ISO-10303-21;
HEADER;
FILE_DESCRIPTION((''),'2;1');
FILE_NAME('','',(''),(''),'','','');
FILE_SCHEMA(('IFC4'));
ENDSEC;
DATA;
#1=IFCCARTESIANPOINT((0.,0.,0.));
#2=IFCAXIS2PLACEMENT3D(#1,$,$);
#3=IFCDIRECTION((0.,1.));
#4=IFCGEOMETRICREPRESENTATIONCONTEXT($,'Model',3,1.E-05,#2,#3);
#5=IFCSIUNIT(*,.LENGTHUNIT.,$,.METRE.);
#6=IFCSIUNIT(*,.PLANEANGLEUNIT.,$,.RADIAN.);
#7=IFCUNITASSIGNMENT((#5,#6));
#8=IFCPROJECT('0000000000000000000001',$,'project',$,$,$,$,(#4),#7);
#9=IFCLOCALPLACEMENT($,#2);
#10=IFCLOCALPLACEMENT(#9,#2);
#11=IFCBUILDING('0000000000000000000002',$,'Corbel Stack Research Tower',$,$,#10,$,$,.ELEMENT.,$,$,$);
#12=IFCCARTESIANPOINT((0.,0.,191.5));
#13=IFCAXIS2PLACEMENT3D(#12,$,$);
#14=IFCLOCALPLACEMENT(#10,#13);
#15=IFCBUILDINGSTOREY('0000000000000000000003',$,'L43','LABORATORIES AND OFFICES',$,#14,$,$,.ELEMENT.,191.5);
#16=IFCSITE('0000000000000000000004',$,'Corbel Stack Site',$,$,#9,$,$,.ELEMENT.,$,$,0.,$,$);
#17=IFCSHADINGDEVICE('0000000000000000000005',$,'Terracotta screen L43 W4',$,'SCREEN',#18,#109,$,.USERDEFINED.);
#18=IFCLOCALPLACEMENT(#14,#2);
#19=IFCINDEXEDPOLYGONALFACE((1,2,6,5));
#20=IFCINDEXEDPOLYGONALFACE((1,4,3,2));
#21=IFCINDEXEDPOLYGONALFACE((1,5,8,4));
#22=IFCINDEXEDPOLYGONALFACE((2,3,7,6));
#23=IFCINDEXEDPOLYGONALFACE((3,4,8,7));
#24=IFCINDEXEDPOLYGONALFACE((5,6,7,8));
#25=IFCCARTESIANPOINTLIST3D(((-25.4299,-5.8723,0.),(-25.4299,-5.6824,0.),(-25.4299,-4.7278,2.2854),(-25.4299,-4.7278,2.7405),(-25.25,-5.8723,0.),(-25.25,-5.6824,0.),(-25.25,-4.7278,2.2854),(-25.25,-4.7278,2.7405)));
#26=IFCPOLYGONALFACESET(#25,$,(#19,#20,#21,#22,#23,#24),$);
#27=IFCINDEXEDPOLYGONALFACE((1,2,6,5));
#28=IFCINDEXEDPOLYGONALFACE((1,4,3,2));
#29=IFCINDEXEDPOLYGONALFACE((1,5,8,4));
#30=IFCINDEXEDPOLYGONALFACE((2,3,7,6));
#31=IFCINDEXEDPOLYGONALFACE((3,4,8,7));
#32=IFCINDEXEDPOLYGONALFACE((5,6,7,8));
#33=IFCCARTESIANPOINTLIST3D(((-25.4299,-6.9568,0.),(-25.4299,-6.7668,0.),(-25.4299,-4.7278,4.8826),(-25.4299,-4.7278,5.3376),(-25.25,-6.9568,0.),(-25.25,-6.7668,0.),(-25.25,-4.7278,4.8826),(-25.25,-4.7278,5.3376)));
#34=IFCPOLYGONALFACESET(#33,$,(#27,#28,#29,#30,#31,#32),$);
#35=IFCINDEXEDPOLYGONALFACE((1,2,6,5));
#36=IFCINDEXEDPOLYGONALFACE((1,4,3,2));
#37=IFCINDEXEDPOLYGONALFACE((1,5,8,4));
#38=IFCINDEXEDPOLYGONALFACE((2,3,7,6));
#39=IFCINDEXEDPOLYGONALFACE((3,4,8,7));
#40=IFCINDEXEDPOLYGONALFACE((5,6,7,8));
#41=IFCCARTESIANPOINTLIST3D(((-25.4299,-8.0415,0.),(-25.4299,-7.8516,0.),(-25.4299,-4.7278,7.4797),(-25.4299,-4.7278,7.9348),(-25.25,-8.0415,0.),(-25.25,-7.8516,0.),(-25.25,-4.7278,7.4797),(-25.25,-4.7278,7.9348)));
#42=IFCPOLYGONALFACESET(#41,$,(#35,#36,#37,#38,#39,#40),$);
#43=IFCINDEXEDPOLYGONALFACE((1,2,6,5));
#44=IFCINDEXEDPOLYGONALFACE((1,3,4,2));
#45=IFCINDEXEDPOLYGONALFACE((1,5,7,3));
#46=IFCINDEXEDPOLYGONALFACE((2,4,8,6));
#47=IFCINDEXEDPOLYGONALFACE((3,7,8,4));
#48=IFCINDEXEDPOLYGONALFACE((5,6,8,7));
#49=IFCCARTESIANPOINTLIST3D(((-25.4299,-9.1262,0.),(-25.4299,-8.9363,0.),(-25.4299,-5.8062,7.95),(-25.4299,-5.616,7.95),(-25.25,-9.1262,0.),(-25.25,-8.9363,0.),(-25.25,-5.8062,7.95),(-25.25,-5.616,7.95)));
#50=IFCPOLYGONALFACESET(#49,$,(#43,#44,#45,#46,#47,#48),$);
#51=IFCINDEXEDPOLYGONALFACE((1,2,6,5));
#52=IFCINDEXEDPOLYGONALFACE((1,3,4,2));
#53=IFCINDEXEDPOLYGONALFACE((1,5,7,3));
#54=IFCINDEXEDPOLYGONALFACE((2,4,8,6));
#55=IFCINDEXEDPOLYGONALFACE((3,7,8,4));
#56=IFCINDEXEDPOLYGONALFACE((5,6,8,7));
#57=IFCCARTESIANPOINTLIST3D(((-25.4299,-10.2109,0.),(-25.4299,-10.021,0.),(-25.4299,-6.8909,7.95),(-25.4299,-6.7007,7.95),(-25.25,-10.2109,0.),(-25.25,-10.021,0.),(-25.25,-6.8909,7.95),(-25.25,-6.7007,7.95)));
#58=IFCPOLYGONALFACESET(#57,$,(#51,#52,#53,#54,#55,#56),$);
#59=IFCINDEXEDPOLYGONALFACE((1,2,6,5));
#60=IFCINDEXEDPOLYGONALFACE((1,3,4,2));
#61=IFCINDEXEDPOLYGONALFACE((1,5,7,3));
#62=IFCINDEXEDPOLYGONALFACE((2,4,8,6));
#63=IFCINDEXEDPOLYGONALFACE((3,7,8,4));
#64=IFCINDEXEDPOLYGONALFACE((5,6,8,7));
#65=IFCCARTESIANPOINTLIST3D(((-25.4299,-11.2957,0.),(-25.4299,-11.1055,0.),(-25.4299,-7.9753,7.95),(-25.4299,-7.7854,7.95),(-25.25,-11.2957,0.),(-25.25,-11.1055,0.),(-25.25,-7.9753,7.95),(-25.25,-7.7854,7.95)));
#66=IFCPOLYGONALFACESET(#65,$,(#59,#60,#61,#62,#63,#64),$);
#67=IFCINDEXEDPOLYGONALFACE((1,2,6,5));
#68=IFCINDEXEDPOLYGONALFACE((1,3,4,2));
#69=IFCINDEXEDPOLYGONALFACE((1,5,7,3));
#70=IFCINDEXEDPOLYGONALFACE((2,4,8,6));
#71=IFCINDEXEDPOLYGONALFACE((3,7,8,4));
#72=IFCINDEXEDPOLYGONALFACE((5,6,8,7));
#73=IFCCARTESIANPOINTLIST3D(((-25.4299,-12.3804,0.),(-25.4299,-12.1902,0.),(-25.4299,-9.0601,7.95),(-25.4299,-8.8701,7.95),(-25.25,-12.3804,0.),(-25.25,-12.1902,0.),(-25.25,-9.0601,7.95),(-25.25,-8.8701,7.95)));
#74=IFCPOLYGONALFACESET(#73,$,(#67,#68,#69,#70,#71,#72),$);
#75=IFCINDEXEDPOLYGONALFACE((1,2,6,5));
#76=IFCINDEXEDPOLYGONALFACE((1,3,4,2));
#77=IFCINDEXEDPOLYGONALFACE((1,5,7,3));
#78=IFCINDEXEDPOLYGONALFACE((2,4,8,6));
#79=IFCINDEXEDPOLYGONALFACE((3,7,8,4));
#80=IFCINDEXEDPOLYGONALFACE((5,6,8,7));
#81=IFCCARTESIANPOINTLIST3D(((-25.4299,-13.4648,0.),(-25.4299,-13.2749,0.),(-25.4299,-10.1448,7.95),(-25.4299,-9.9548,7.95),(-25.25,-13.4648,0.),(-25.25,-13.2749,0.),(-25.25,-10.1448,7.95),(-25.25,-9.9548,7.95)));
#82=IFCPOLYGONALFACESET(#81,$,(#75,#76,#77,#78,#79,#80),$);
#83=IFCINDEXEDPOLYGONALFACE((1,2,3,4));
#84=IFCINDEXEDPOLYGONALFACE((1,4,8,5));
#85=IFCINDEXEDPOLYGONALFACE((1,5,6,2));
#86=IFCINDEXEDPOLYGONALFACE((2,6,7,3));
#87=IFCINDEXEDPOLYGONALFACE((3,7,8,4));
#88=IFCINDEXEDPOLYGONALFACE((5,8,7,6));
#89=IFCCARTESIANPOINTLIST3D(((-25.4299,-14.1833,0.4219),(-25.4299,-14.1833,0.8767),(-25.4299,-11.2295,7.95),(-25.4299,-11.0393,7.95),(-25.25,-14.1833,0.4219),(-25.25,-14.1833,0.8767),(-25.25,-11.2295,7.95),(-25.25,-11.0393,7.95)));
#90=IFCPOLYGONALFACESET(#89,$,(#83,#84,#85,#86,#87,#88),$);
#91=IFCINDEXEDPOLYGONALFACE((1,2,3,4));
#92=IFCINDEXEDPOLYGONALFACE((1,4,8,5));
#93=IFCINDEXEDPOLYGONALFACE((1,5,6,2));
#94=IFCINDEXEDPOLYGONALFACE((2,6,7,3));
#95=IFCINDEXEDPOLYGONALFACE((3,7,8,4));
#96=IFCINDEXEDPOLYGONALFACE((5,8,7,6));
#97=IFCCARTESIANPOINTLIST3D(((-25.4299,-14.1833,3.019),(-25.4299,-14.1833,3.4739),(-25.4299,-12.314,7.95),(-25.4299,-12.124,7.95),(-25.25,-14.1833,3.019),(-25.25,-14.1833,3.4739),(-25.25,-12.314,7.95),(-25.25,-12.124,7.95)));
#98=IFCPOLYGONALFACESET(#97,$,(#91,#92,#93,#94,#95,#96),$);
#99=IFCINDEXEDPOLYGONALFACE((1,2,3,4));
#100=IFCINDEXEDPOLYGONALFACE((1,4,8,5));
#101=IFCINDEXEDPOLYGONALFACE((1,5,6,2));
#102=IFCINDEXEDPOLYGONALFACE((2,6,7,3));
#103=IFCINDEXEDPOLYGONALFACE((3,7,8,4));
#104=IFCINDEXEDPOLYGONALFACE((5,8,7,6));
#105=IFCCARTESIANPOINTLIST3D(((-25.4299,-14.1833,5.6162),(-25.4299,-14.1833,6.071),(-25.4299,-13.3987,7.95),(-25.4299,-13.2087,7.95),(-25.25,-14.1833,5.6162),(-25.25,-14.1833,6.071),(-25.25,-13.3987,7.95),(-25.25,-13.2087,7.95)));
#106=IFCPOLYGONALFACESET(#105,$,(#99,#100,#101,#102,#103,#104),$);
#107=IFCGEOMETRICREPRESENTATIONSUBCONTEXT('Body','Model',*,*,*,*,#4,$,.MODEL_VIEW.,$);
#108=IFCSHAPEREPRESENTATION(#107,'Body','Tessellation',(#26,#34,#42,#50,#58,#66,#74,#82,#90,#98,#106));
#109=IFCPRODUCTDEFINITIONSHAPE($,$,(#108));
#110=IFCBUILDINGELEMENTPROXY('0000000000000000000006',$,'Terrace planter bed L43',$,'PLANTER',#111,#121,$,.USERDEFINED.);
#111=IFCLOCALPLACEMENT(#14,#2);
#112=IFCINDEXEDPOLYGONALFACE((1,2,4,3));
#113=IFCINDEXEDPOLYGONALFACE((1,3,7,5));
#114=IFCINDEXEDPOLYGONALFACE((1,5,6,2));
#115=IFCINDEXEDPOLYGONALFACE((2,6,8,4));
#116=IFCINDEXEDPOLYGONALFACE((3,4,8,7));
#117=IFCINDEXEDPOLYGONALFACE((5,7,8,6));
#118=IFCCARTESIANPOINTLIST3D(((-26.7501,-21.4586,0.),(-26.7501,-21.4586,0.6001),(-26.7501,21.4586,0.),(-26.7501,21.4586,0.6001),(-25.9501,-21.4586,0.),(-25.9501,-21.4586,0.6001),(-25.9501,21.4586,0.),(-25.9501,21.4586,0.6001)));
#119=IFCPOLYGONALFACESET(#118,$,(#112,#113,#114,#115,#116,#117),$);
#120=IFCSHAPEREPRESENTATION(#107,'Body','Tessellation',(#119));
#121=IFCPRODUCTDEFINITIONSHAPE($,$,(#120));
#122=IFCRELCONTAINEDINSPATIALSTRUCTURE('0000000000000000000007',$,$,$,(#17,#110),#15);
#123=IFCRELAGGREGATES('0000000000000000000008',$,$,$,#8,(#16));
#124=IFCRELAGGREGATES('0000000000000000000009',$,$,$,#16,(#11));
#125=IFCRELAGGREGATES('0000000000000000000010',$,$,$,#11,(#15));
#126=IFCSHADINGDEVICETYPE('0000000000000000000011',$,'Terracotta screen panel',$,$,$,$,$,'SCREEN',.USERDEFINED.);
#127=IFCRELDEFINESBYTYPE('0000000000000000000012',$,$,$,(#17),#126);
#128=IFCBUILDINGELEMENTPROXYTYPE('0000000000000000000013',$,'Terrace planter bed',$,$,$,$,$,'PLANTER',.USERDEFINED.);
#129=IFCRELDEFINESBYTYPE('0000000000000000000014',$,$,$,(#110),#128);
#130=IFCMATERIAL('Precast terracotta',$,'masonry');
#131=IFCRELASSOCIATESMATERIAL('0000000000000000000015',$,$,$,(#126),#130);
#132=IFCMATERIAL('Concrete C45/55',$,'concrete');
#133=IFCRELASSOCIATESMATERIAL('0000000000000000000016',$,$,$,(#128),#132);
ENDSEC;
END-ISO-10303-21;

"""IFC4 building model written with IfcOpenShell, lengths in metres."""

from ifc_helpers import new_model, si_unit, direction, frame, origin, origin_2d, place, context, subcontext, project, spatial, polyline, rectangle, outline, extrude, source, transform, mapped, material, type_object, element, save


model = new_model("IFC4")

# Units and contexts
model_context = context("Model", 3, precision=1e-05, world=origin(), true_north=direction((0.0, 1.0)))
body_context = subcontext(model_context, "Body", "Model", "MODEL_VIEW")
ifc_project = project(units=[si_unit("LENGTHUNIT", "METRE"), si_unit("PLANEANGLEUNIT", "RADIAN")], contexts=[model_context])

# Site, building, storey
site_placement = place(None, origin())
site = spatial("IfcSite", under=ifc_project, at=site_placement, Name="Corbel Stack Site", CompositionType="ELEMENT", RefElevation=0.0)
building_placement = place(site_placement, origin())
building = spatial("IfcBuilding", under=site, at=building_placement, Name="Corbel Stack Research Tower", CompositionType="ELEMENT")
storey_placement = place(building_placement, frame((0.0, 0.0, 191.5)))
storey = spatial("IfcBuildingStorey", under=building, at=storey_placement, Name="L43", Description="LABORATORIES AND OFFICES", CompositionType="ELEMENT", Elevation=191.5)

# Shading device
ifc_material_1 = material(Name="Precast terracotta", Category="masonry")
shading_device_type = type_object("IfcShadingDeviceType", Name="Terracotta screen panel", ElementType="SCREEN", PredefinedType="USERDEFINED", material=ifc_material_1)
shared_shape = source(origin(), body_context, "Body", "SweptSolid", [
    extrude(outline(polyline([(1.1445, 0.0), (0.0, 2.7405), (0.0, 2.2854), (0.9546, 0.0), (1.1445, 0.0)])), frame((0.0, 0.0, 0.0), z_axis=(0.0, -1.0, 0.0), x_axis=(1.0, 0.0, 0.0)), (0.0, 0.0, 1.0), 0.1799),
    extrude(outline(polyline([(2.229, 0.0), (0.0, 5.3376), (0.0, 4.8826), (2.0391, 0.0), (2.229, 0.0)])), frame((0.0, 0.0, 0.0), z_axis=(0.0, -1.0, 0.0), x_axis=(1.0, 0.0, 0.0)), (0.0, 0.0, 1.0), 0.1799),
    extrude(outline(polyline([(3.3137, 0.0), (0.0, 7.9348), (0.0, 7.4797), (3.1238, 0.0), (3.3137, 0.0)])), frame((0.0, 0.0, 0.0), z_axis=(0.0, -1.0, 0.0), x_axis=(1.0, 0.0, 0.0)), (0.0, 0.0, 1.0), 0.1799),
    extrude(outline(polyline([(4.3984, 0.0), (1.0784, 7.95), (0.8882, 7.95), (4.2085, 0.0), (4.3984, 0.0)])), frame((0.0, 0.0, 0.0), z_axis=(0.0, -1.0, 0.0), x_axis=(1.0, 0.0, 0.0)), (0.0, 0.0, 1.0), 0.1799),
    extrude(outline(polyline([(5.4832, 0.0), (2.1631, 7.95), (1.9729, 7.95), (5.2932, 0.0), (5.4832, 0.0)])), frame((0.0, 0.0, 0.0), z_axis=(0.0, -1.0, 0.0), x_axis=(1.0, 0.0, 0.0)), (0.0, 0.0, 1.0), 0.1799),
    extrude(outline(polyline([(6.5679, 0.0), (3.2476, 7.95), (3.0576, 7.95), (6.3777, 0.0), (6.5679, 0.0)])), frame((0.0, 0.0, 0.0), z_axis=(0.0, -1.0, 0.0), x_axis=(1.0, 0.0, 0.0)), (0.0, 0.0, 1.0), 0.1799),
    extrude(outline(polyline([(7.6526, 0.0), (4.3323, 7.95), (4.1423, 7.95), (7.4624, 0.0), (7.6526, 0.0)])), frame((0.0, 0.0, 0.0), z_axis=(0.0, -1.0, 0.0), x_axis=(1.0, 0.0, 0.0)), (0.0, 0.0, 1.0), 0.1799),
    extrude(outline(polyline([(8.7371, 0.0), (5.417, 7.95), (5.2271, 7.95), (8.5471, 0.0), (8.7371, 0.0)])), frame((0.0, 0.0, 0.0), z_axis=(0.0, -1.0, 0.0), x_axis=(1.0, 0.0, 0.0)), (0.0, 0.0, 1.0), 0.1799),
    extrude(outline(polyline([(6.5017, 7.95), (6.3115, 7.95), (9.4556, 0.4219), (9.4556, 0.8767), (6.5017, 7.95)])), frame((0.0, 0.0, 0.0), z_axis=(0.0, -1.0, 0.0), x_axis=(1.0, 0.0, 0.0)), (0.0, 0.0, 1.0), 0.1799),
    extrude(outline(polyline([(7.5862, 7.95), (7.3962, 7.95), (9.4556, 3.019), (9.4556, 3.4739), (7.5862, 7.95)])), frame((0.0, 0.0, 0.0), z_axis=(0.0, -1.0, 0.0), x_axis=(1.0, 0.0, 0.0)), (0.0, 0.0, 1.0), 0.1799),
    extrude(outline(polyline([(8.6709, 7.95), (8.481, 7.95), (9.4556, 5.6162), (9.4556, 6.071), (8.6709, 7.95)])), frame((0.0, 0.0, 0.0), z_axis=(0.0, -1.0, 0.0), x_axis=(1.0, 0.0, 0.0)), (0.0, 0.0, 1.0), 0.1799),
])
shading_device_placement = place(storey_placement, frame((-25.25, -4.7278, 0.0), z_axis=(0.0, 0.0, 1.0), x_axis=(0.0, -1.0, 0.0)))
element("IfcShadingDevice", 1, at=shading_device_placement, inside=storey, type_object=shading_device_type, Name="Terracotta screen L43 W4", ObjectType="SCREEN", PredefinedType="USERDEFINED", context=body_context, shape_type="MappedRepresentation", body=[
    mapped(shared_shape, transform((0.0, 0.0, 0.0))),
])

# Building element proxy
ifc_material_2 = material(Name="Concrete C45/55", Category="concrete")
building_element_proxy_type = type_object("IfcBuildingElementProxyType", Name="Terrace planter bed", ElementType="PLANTER", PredefinedType="USERDEFINED", material=ifc_material_2)
proxy_placement = place(storey_placement, frame((-26.3501, 0.0, 0.0), z_axis=(0.0, 0.0, 1.0), x_axis=(0.0, 1.0, 0.0)))
element("IfcBuildingElementProxy", 2, at=proxy_placement, inside=storey, type_object=building_element_proxy_type, Name="Terrace planter bed L43", ObjectType="PLANTER", PredefinedType="USERDEFINED", context=body_context, shape_type="SweptSolid", body=[
    extrude(rectangle(XDim=42.9172, YDim=0.8, at=origin_2d()), origin(), (0.0, 0.0, 1.0), 0.6001),
])

save(model, "model.ifc")
